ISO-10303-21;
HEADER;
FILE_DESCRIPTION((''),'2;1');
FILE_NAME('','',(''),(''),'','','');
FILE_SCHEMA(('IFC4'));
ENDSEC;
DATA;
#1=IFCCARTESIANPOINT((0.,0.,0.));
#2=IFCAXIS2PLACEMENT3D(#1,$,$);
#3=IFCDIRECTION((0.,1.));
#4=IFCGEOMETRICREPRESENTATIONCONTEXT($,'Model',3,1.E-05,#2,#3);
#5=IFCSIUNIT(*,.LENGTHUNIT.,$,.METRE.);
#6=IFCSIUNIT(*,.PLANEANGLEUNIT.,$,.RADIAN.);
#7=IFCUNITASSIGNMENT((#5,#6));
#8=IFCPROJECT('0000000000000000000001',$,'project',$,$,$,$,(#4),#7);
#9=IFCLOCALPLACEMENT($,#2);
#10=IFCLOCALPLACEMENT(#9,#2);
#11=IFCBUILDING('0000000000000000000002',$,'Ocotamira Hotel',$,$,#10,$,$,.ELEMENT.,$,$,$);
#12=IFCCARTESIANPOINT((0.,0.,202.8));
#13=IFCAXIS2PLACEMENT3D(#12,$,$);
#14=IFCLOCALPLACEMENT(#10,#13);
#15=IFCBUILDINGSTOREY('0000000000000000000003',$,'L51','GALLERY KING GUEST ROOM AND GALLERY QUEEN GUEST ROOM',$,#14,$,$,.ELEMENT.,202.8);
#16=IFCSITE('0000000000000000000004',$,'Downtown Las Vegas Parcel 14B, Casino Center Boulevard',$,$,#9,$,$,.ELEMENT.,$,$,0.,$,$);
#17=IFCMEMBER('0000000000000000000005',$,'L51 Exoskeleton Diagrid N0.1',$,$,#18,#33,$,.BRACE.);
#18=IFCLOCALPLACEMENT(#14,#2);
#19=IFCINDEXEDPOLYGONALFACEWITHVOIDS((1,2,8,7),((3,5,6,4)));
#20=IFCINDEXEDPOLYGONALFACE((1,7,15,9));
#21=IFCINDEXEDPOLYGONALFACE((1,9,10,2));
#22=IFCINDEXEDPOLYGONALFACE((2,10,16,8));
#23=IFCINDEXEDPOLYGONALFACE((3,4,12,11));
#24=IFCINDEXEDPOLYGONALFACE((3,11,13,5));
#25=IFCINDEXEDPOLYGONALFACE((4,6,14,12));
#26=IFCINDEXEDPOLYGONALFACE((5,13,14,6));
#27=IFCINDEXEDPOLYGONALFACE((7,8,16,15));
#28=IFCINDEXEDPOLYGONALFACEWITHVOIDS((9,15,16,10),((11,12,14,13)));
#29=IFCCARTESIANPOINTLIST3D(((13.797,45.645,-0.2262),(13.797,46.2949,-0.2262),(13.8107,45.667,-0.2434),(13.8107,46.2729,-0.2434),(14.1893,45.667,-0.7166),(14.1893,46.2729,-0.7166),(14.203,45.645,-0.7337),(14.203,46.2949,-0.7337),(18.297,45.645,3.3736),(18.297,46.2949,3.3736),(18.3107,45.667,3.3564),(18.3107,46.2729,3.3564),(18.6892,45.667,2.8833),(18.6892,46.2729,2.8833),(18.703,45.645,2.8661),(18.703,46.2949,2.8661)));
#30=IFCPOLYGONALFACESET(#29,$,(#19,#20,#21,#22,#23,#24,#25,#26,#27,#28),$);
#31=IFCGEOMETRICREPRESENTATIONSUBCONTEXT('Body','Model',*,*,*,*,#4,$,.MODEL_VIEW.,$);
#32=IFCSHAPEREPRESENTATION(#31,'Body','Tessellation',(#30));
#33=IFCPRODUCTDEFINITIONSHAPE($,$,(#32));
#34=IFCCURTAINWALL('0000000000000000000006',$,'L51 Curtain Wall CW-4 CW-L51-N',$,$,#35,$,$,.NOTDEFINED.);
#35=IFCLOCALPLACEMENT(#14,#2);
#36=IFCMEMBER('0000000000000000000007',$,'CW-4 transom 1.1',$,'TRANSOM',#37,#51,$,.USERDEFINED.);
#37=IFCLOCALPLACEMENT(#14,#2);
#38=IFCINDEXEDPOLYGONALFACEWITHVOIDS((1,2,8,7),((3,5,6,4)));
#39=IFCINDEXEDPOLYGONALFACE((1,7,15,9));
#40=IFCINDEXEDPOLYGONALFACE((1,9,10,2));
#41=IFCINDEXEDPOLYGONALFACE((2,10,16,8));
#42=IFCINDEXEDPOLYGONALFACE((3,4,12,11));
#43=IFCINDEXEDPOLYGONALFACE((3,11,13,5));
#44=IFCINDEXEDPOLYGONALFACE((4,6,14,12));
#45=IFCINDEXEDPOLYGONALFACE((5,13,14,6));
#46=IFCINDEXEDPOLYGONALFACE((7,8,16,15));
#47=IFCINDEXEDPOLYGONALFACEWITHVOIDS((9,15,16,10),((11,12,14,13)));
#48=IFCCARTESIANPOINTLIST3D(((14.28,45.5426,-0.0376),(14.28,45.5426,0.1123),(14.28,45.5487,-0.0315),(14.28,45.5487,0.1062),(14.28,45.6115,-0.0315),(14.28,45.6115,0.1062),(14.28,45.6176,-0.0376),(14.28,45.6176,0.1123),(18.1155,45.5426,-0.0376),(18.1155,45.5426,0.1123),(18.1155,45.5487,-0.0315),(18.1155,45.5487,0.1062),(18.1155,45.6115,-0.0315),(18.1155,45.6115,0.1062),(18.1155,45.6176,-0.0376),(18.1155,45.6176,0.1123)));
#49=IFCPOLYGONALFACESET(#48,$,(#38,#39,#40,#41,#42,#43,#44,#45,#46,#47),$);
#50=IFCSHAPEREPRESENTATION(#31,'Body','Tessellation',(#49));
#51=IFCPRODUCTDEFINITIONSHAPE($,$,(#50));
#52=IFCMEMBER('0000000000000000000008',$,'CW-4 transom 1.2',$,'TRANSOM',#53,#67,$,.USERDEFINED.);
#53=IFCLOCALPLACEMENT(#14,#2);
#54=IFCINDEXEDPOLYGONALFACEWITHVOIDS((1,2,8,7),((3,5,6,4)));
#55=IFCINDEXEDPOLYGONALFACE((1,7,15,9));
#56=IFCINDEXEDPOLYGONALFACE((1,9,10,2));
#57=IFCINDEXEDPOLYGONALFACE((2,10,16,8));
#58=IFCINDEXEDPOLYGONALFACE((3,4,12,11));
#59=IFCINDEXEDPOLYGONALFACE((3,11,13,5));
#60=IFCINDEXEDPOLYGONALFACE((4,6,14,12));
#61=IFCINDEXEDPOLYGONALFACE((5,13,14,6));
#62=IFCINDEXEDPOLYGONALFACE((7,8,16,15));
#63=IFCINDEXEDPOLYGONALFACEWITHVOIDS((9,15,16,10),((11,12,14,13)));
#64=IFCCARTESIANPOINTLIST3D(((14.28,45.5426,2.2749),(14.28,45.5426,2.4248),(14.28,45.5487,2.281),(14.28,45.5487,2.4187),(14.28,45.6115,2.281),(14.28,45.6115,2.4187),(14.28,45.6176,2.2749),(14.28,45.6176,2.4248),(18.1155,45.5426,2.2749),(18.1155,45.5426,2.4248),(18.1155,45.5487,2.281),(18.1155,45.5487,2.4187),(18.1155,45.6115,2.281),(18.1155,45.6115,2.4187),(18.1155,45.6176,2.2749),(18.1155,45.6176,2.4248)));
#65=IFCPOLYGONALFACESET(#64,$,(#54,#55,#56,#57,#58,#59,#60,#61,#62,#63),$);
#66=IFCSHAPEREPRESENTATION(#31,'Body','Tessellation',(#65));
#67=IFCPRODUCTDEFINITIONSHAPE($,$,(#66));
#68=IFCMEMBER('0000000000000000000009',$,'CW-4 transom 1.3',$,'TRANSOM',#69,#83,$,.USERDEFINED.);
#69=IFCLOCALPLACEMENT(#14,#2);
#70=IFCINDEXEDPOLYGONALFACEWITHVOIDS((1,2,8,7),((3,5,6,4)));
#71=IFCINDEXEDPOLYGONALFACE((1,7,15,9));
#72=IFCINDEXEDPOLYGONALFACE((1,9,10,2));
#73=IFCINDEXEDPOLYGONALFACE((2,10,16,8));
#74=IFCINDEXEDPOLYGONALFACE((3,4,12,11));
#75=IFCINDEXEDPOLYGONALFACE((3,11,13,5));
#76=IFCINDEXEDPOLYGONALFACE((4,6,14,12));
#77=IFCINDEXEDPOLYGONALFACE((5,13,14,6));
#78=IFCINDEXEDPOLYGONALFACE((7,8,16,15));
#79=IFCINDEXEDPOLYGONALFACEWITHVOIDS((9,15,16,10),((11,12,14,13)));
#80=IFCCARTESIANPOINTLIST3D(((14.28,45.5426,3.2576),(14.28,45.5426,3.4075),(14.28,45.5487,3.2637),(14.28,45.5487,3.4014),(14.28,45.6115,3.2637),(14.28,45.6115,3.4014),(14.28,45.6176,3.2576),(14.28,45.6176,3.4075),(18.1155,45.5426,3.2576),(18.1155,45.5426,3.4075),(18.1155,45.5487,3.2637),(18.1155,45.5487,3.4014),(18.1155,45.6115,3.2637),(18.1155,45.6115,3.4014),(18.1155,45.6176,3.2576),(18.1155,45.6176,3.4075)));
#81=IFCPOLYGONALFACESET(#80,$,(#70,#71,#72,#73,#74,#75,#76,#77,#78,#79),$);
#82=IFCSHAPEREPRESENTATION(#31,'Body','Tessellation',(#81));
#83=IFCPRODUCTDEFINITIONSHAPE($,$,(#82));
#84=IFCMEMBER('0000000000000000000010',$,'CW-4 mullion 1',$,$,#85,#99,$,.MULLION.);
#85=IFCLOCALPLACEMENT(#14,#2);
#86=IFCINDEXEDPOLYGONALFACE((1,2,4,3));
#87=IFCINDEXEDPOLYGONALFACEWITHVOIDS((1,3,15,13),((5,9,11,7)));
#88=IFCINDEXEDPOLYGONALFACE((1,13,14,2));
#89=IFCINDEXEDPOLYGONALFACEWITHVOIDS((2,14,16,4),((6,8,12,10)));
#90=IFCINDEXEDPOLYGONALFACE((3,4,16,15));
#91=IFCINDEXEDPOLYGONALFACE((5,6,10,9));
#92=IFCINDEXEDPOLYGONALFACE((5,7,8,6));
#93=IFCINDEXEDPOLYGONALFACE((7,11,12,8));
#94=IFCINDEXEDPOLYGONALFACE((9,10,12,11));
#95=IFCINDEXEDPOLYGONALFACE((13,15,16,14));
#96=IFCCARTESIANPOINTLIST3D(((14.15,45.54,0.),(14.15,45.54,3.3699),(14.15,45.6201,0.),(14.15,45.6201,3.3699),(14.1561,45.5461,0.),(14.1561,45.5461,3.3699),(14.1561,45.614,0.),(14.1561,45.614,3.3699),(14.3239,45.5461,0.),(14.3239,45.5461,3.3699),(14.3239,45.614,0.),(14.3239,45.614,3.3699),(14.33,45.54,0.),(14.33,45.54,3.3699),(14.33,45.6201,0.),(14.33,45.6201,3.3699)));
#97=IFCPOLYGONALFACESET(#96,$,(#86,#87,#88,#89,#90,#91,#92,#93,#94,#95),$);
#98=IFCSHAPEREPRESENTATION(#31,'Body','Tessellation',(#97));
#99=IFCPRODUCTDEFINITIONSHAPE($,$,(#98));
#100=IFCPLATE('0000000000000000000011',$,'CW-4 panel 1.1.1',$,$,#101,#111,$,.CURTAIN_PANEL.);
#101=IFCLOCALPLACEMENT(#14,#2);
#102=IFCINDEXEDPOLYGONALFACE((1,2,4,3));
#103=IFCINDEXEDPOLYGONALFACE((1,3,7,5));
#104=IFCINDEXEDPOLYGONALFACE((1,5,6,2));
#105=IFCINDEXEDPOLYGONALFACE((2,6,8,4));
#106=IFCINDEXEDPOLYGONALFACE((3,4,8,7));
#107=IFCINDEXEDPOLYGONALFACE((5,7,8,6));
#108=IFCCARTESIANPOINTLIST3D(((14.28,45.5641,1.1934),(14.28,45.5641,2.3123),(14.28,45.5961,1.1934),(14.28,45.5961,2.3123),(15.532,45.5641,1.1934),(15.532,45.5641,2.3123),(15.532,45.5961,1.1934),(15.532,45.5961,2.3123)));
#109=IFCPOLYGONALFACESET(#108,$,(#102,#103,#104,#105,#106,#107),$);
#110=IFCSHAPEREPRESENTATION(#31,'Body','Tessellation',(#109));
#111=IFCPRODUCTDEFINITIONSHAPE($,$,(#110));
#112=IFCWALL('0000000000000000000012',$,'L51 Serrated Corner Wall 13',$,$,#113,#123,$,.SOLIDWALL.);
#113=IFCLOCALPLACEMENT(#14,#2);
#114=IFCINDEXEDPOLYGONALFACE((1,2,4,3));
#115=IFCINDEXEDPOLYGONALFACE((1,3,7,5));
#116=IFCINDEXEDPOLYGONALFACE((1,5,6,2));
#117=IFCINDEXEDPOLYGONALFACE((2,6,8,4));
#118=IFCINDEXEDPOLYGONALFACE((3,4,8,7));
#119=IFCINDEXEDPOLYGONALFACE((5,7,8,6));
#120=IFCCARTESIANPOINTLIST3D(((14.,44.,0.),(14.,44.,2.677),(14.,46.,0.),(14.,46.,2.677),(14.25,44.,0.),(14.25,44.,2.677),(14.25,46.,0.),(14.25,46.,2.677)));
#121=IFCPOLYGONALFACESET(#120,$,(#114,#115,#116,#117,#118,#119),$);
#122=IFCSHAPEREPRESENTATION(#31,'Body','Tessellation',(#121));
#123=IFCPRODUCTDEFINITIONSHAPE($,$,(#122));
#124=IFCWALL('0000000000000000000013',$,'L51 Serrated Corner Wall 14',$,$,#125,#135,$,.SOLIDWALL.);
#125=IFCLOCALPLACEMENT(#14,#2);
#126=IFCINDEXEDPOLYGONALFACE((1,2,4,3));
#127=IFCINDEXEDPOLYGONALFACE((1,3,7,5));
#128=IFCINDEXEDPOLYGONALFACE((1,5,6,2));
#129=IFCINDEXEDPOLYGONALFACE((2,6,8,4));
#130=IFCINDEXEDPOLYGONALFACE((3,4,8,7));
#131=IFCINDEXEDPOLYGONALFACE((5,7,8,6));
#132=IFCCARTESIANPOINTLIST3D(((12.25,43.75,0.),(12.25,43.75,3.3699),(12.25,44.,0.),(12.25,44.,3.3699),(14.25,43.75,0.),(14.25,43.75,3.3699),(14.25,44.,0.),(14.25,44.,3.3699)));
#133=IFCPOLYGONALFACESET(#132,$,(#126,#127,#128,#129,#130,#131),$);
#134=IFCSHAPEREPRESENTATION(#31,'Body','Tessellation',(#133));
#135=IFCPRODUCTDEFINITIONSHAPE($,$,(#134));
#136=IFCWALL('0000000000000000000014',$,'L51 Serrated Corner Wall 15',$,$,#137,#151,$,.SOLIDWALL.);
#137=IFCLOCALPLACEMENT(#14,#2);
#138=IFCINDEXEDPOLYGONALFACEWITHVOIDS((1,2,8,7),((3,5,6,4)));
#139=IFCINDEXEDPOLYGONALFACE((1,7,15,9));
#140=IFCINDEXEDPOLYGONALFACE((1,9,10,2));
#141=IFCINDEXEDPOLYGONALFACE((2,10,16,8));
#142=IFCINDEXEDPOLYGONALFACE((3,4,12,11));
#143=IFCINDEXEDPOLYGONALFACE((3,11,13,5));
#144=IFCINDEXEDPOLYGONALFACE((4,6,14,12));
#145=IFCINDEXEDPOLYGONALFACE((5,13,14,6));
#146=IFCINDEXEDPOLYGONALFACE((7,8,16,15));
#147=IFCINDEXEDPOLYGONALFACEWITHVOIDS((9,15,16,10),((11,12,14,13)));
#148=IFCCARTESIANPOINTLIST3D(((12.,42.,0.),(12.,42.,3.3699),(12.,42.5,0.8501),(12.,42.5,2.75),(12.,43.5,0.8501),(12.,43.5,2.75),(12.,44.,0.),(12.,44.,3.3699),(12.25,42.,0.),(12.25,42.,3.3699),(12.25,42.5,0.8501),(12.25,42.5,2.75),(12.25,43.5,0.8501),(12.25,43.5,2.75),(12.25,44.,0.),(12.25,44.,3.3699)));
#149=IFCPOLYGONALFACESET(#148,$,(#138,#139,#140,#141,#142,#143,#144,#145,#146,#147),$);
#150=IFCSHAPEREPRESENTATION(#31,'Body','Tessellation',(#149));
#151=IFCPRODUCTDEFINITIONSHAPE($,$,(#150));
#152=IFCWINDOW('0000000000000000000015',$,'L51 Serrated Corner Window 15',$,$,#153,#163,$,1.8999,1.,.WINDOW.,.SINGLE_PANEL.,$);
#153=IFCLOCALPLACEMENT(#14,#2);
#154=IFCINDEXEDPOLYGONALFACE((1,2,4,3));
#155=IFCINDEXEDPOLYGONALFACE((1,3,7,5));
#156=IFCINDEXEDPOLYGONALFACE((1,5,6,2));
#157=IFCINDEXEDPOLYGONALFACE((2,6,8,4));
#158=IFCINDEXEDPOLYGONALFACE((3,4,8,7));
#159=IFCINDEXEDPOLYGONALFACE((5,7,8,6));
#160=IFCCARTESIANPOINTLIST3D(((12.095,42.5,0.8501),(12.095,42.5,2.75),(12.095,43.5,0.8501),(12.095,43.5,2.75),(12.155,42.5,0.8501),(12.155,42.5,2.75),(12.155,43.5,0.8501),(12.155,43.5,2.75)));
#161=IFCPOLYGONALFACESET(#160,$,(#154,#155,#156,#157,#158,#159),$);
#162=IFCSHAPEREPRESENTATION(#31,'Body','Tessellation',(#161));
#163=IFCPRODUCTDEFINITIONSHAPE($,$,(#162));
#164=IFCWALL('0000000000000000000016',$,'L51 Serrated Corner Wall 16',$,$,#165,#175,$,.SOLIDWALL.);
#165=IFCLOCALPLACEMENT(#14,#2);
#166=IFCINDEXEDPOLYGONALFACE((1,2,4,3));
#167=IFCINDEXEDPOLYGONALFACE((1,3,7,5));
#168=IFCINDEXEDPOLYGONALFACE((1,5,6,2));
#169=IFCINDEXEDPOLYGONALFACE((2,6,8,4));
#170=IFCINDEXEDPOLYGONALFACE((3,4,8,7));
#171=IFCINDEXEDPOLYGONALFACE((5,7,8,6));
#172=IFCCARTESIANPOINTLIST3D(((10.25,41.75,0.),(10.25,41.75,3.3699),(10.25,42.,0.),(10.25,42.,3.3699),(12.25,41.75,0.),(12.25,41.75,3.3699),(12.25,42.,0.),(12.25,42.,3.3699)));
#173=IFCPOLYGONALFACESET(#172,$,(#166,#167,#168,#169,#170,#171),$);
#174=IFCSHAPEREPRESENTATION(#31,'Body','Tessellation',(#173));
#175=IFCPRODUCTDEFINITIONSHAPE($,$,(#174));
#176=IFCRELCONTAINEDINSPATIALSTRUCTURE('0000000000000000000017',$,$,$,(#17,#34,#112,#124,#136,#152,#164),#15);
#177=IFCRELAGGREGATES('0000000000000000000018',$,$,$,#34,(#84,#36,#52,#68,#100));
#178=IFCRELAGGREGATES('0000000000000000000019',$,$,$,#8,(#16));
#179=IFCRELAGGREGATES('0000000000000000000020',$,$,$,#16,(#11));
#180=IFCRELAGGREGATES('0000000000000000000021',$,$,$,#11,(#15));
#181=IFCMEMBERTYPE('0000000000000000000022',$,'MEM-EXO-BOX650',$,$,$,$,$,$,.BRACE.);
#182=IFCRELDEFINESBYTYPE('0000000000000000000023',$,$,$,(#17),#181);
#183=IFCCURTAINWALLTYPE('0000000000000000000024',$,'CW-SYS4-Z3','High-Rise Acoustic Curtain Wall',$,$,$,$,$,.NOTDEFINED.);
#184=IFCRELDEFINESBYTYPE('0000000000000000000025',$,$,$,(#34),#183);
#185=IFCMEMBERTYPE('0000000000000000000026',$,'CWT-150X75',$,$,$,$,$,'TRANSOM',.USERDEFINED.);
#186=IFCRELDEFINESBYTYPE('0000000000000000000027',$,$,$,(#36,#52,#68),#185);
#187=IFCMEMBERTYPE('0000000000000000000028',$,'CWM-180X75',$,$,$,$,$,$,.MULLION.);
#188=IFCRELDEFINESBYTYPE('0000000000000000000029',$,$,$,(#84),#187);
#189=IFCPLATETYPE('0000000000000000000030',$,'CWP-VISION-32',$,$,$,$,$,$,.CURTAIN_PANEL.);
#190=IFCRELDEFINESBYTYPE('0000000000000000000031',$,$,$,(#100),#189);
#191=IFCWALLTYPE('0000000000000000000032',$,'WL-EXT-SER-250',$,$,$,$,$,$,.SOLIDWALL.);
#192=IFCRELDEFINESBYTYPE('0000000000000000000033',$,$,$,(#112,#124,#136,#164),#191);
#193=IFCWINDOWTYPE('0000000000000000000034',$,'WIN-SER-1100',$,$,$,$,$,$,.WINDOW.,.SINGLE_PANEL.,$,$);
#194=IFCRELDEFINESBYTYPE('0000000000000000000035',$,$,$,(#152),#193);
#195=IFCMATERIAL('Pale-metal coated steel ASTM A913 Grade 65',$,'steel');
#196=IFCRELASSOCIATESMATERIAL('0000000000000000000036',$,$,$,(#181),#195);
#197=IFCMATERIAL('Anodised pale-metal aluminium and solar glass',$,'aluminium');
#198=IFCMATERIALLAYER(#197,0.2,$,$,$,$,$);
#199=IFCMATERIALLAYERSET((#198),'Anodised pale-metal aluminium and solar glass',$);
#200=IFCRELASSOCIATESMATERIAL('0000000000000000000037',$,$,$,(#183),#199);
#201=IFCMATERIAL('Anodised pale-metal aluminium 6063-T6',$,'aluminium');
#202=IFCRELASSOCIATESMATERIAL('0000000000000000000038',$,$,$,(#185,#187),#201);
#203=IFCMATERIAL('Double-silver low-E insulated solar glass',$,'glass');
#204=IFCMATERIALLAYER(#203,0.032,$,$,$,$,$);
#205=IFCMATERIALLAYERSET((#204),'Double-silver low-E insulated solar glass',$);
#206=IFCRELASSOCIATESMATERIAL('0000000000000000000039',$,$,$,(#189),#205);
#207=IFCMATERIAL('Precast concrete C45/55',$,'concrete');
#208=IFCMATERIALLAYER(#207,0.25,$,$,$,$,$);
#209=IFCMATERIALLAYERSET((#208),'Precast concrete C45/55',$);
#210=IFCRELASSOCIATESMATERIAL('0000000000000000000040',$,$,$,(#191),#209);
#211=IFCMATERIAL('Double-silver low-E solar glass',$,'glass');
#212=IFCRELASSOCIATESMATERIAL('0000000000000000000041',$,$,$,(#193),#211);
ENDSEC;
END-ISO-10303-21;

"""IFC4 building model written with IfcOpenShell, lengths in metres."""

from ifc_helpers import new_model, si_unit, direction, frame, frame_2d, origin, origin_2d, place, context, subcontext, project, spatial, rectangle, hollow_rectangle, extrude, source, transform, mapped, material, layer, layer_set, material_profile, profile_set, type_object, element, fill, aggregate, save


model = new_model("IFC4")

# Units and contexts
model_context = context("Model", 3, precision=1e-05, world=origin(), true_north=direction((0.0, 1.0)))
body_context = subcontext(model_context, "Body", "Model", "MODEL_VIEW")
ifc_project = project(units=[si_unit("LENGTHUNIT", "METRE"), si_unit("PLANEANGLEUNIT", "RADIAN")], contexts=[model_context])

# Site, building, storey
site_placement = place(None, origin())
site = spatial("IfcSite", under=ifc_project, at=site_placement, Name="Downtown Las Vegas Parcel 14B, Casino Center Boulevard", CompositionType="ELEMENT", RefElevation=0.0)
building_placement = place(site_placement, origin())
building = spatial("IfcBuilding", under=site, at=building_placement, Name="Ocotamira Hotel", CompositionType="ELEMENT")
storey_placement = place(building_placement, frame((0.0, 0.0, 202.8)))
storey = spatial("IfcBuildingStorey", under=building, at=storey_placement, Name="L51", Description="GALLERY KING GUEST ROOM AND GALLERY QUEEN GUEST ROOM", CompositionType="ELEMENT", Elevation=202.8)

# Member
ifc_material_1 = material(Name="Pale-metal coated steel ASTM A913 Grade 65", Category="steel")
ifc_material_profile_1 = material_profile(ifc_material_1, hollow_rectangle(XDim=0.6499, YDim=0.6499, WallThickness=0.022, at=origin_2d()), Name="BOX650X650X22")
ifc_profile_set_1 = profile_set([ifc_material_profile_1], Name="Pale-metal coated steel ASTM A913 Grade 65")
member_type_1 = type_object("IfcMemberType", Name="MEM-EXO-BOX650", PredefinedType="BRACE", material=ifc_profile_set_1)
shared_shape_1 = source(origin(), body_context, "Body", "SweptSolid", [
    extrude(hollow_rectangle(XDim=0.6499, YDim=0.6499, WallThickness=0.022, at=origin_2d()), origin(), (0.0, 0.0, 1.0), 5.7627),
])
member_1_placement = place(storey_placement, frame((14.0, 45.97, -0.48), z_axis=(0.780881, 0.0, 0.62468), x_axis=(0.0, 1.0, 0.0)))
element("IfcMember", 1, at=member_1_placement, inside=storey, type_object=member_type_1, Name="L51 Exoskeleton Diagrid N0.1", PredefinedType="BRACE", context=body_context, shape_type="MappedRepresentation", body=[
    mapped(shared_shape_1, transform((0.0, 0.0, 0.0), scale=1.0)),
])

# Curtain wall, members, plate
ifc_material_2 = material(Name="Anodised pale-metal aluminium and solar glass", Category="aluminium")
ifc_layer_1 = layer(ifc_material_2, 0.2)
ifc_layer_set_1 = layer_set([ifc_layer_1], Name="Anodised pale-metal aluminium and solar glass")
curtain_wall_type = type_object("IfcCurtainWallType", Name="CW-SYS4-Z3", Description="High-Rise Acoustic Curtain Wall", PredefinedType="NOTDEFINED", material=ifc_layer_set_1)
curtain_wall_placement = place(storey_placement, origin())
curtain_wall = element("IfcCurtainWall", 2, at=curtain_wall_placement, inside=storey, type_object=curtain_wall_type, Name="L51 Curtain Wall CW-4 CW-L51-N", PredefinedType="NOTDEFINED")
ifc_material_3 = material(Name="Anodised pale-metal aluminium 6063-T6", Category="aluminium")
ifc_material_profile_2 = material_profile(ifc_material_3, hollow_rectangle(XDim=0.075, YDim=0.1499, WallThickness=0.0061, at=origin_2d()), Name="HSS150X75X6")
ifc_profile_set_2 = profile_set([ifc_material_profile_2], Name="Anodised pale-metal aluminium 6063-T6")
member_type_2 = type_object("IfcMemberType", Name="CWT-150X75", ElementType="TRANSOM", PredefinedType="USERDEFINED", material=ifc_profile_set_2)
shared_shape_2 = source(origin(), body_context, "Body", "SweptSolid", [
    extrude(hollow_rectangle(XDim=0.075, YDim=0.1499, WallThickness=0.0061, at=origin_2d()), origin(), (0.0, 0.0, 1.0), 3.8354),
])
member_2_placement = place(storey_placement, frame((14.28, 45.5801, 0.0374), z_axis=(1.0, 0.0, 0.0), x_axis=(0.0, 1.0, 0.0)))
member_2 = element("IfcMember", 3, at=member_2_placement, type_object=member_type_2, Name="CW-4 transom 1.1", ObjectType="TRANSOM", PredefinedType="USERDEFINED", context=body_context, shape_type="MappedRepresentation", body=[
    mapped(shared_shape_2, transform((0.0, 0.0, 0.0), scale=1.0)),
])
member_3_placement = place(storey_placement, frame((14.28, 45.5801, 2.3499), z_axis=(1.0, 0.0, 0.0), x_axis=(0.0, 1.0, 0.0)))
member_3 = element("IfcMember", 4, at=member_3_placement, type_object=member_type_2, Name="CW-4 transom 1.2", ObjectType="TRANSOM", PredefinedType="USERDEFINED", context=body_context, shape_type="MappedRepresentation", body=[
    mapped(shared_shape_2, transform((0.0, 0.0, 0.0), scale=1.0)),
])
member_4_placement = place(storey_placement, frame((14.28, 45.5801, 3.3325), z_axis=(1.0, 0.0, 0.0), x_axis=(0.0, 1.0, 0.0)))
member_4 = element("IfcMember", 5, at=member_4_placement, type_object=member_type_2, Name="CW-4 transom 1.3", ObjectType="TRANSOM", PredefinedType="USERDEFINED", context=body_context, shape_type="MappedRepresentation", body=[
    mapped(shared_shape_2, transform((0.0, 0.0, 0.0), scale=1.0)),
])
ifc_material_profile_3 = material_profile(ifc_material_3, hollow_rectangle(XDim=0.0801, YDim=0.1799, WallThickness=0.0061, at=origin_2d()), Name="HSS180X80X6")
ifc_profile_set_3 = profile_set([ifc_material_profile_3], Name="Anodised pale-metal aluminium 6063-T6")
member_type_3 = type_object("IfcMemberType", Name="CWM-180X75", PredefinedType="MULLION", material=ifc_profile_set_3)
shared_shape_3 = source(origin(), body_context, "Body", "SweptSolid", [
    extrude(hollow_rectangle(XDim=0.0801, YDim=0.1799, WallThickness=0.0061, at=origin_2d()), origin(), (0.0, 0.0, 1.0), 3.3699),
])
member_5_placement = place(storey_placement, frame((14.24, 45.5801, 0.0), z_axis=(0.0, 0.0, 1.0), x_axis=(0.0, 1.0, 0.0)))
member_5 = element("IfcMember", 6, at=member_5_placement, type_object=member_type_3, Name="CW-4 mullion 1", PredefinedType="MULLION", context=body_context, shape_type="MappedRepresentation", body=[
    mapped(shared_shape_3, transform((0.0, 0.0, 0.0), scale=1.0)),
])
ifc_material_4 = material(Name="Double-silver low-E insulated solar glass", Category="glass")
ifc_layer_2 = layer(ifc_material_4, 0.032)
ifc_layer_set_2 = layer_set([ifc_layer_2], Name="Double-silver low-E insulated solar glass")
plate_type = type_object("IfcPlateType", Name="CWP-VISION-32", PredefinedType="CURTAIN_PANEL", material=ifc_layer_set_2)
shared_shape_4 = source(origin(), body_context, "Body", "SweptSolid", [
    extrude(rectangle(XDim=1.252, YDim=0.032, at=origin_2d()), origin(), (0.0, 0.0, 1.0), 1.1189),
])
plate_placement = place(storey_placement, frame((14.906, 45.5801, 1.1934), z_axis=(0.0, 0.0, 1.0), x_axis=(1.0, 0.0, 0.0)))
plate = element("IfcPlate", 7, at=plate_placement, type_object=plate_type, Name="CW-4 panel 1.1.1", PredefinedType="CURTAIN_PANEL", context=body_context, shape_type="MappedRepresentation", body=[
    mapped(shared_shape_4, transform((0.0, 0.0, 0.0), scale=1.0)),
])
aggregate(curtain_wall, [member_5, member_2, member_3, member_4, plate])

# Walls
ifc_material_5 = material(Name="Precast concrete C45/55", Category="concrete")
ifc_layer_3 = layer(ifc_material_5, 0.25)
ifc_layer_set_3 = layer_set([ifc_layer_3], Name="Precast concrete C45/55")
wall_type_1 = type_object("IfcWallType", Name="WL-EXT-SER-250", PredefinedType="SOLIDWALL", material=ifc_layer_set_3)
wall_1_placement = place(storey_placement, frame((14.125, 46.0, 0.0), z_axis=(0.0, 0.0, 1.0), x_axis=(0.0, -1.0, 0.0)))
element("IfcWall", 8, at=wall_1_placement, inside=storey, type_object=wall_type_1, Name="L51 Serrated Corner Wall 13", PredefinedType="SOLIDWALL", context=body_context, shape_type="SweptSolid", body=[
    extrude(rectangle(XDim=2.0, YDim=0.25, at=frame_2d((1.0, 0.0))), origin(), (0.0, 0.0, 1.0), 2.677),
])
wall_2_placement = place(storey_placement, frame((14.25, 43.875, 0.0), z_axis=(0.0, 0.0, 1.0), x_axis=(-1.0, 0.0, 0.0)))
element("IfcWall", 9, at=wall_2_placement, inside=storey, type_object=wall_type_1, Name="L51 Serrated Corner Wall 14", PredefinedType="SOLIDWALL", context=body_context, shape_type="SweptSolid", body=[
    extrude(rectangle(XDim=2.0, YDim=0.25, at=frame_2d((1.0, 0.0))), origin(), (0.0, 0.0, 1.0), 3.3699),
])

# Wall, opening, window
wall_3_placement = place(storey_placement, frame((12.125, 44.0, 0.0), z_axis=(0.0, 0.0, 1.0), x_axis=(0.0, -1.0, 0.0)))
wall_3 = element("IfcWall", 10, at=wall_3_placement, inside=storey, type_object=wall_type_1, Name="L51 Serrated Corner Wall 15", PredefinedType="SOLIDWALL", context=body_context, shape_type="SweptSolid", body=[
    extrude(rectangle(XDim=2.0, YDim=0.25, at=frame_2d((1.0, 0.0))), origin(), (0.0, 0.0, 1.0), 3.3699),
])
opening_placement = place(wall_3_placement, frame((0.5, 0.0, 0.8501)))
opening = element("IfcOpeningElement", 11, at=opening_placement, cuts=wall_3, PredefinedType="OPENING", context=body_context, shape_type="SweptSolid", body=[
    extrude(rectangle(XDim=1.0, YDim=1.8999, at=frame_2d((0.5, 0.95))), frame((0.0, 0.135, 0.0), z_axis=(0.0, -1.0, 0.0), x_axis=(1.0, 0.0, 0.0)), (0.0, 0.0, 1.0), 0.27),
])
ifc_material_6 = material(Name="Double-silver low-E solar glass", Category="glass")
window_type = type_object("IfcWindowType", Name="WIN-SER-1100", PartitioningType="SINGLE_PANEL", PredefinedType="WINDOW", material=ifc_material_6)
shared_shape_5 = source(origin(), body_context, "Body", "SweptSolid", [
    extrude(rectangle(XDim=1.0, YDim=1.8999, at=frame_2d((0.5, 0.95))), frame((0.0, 0.03, 0.0), z_axis=(0.0, -1.0, 0.0), x_axis=(1.0, 0.0, 0.0)), (0.0, 0.0, 1.0), 0.0601),
])
window_placement = place(opening_placement, origin())
window = element("IfcWindow", 12, at=window_placement, inside=storey, type_object=window_type, Name="L51 Serrated Corner Window 15", OverallHeight=1.8999, OverallWidth=1.0, PartitioningType="SINGLE_PANEL", PredefinedType="WINDOW", context=body_context, shape_type="MappedRepresentation", body=[
    mapped(shared_shape_5, transform((0.0, 0.0, 0.0), scale=1.0)),
])
fill(opening, window)

# Wall
for number, where, z_axis, x_axis, name in (
    (13, (12.25, 41.875, 0.0), (0.0, 0.0, 1.0), (-1.0, 0.0, 0.0), "L51 Serrated Corner Wall 16"),
):
    element("IfcWall", number, at=place(storey_placement, frame(where, z_axis=z_axis, x_axis=x_axis)), inside=storey, type_object=wall_type_1, Name=name, PredefinedType="SOLIDWALL", context=body_context, shape_type="SweptSolid", body=[
        extrude(rectangle(XDim=2.0, YDim=0.25, at=frame_2d((1.0, 0.0))), origin(), (0.0, 0.0, 1.0), 3.3699),
    ])

save(model, "model.ifc")
